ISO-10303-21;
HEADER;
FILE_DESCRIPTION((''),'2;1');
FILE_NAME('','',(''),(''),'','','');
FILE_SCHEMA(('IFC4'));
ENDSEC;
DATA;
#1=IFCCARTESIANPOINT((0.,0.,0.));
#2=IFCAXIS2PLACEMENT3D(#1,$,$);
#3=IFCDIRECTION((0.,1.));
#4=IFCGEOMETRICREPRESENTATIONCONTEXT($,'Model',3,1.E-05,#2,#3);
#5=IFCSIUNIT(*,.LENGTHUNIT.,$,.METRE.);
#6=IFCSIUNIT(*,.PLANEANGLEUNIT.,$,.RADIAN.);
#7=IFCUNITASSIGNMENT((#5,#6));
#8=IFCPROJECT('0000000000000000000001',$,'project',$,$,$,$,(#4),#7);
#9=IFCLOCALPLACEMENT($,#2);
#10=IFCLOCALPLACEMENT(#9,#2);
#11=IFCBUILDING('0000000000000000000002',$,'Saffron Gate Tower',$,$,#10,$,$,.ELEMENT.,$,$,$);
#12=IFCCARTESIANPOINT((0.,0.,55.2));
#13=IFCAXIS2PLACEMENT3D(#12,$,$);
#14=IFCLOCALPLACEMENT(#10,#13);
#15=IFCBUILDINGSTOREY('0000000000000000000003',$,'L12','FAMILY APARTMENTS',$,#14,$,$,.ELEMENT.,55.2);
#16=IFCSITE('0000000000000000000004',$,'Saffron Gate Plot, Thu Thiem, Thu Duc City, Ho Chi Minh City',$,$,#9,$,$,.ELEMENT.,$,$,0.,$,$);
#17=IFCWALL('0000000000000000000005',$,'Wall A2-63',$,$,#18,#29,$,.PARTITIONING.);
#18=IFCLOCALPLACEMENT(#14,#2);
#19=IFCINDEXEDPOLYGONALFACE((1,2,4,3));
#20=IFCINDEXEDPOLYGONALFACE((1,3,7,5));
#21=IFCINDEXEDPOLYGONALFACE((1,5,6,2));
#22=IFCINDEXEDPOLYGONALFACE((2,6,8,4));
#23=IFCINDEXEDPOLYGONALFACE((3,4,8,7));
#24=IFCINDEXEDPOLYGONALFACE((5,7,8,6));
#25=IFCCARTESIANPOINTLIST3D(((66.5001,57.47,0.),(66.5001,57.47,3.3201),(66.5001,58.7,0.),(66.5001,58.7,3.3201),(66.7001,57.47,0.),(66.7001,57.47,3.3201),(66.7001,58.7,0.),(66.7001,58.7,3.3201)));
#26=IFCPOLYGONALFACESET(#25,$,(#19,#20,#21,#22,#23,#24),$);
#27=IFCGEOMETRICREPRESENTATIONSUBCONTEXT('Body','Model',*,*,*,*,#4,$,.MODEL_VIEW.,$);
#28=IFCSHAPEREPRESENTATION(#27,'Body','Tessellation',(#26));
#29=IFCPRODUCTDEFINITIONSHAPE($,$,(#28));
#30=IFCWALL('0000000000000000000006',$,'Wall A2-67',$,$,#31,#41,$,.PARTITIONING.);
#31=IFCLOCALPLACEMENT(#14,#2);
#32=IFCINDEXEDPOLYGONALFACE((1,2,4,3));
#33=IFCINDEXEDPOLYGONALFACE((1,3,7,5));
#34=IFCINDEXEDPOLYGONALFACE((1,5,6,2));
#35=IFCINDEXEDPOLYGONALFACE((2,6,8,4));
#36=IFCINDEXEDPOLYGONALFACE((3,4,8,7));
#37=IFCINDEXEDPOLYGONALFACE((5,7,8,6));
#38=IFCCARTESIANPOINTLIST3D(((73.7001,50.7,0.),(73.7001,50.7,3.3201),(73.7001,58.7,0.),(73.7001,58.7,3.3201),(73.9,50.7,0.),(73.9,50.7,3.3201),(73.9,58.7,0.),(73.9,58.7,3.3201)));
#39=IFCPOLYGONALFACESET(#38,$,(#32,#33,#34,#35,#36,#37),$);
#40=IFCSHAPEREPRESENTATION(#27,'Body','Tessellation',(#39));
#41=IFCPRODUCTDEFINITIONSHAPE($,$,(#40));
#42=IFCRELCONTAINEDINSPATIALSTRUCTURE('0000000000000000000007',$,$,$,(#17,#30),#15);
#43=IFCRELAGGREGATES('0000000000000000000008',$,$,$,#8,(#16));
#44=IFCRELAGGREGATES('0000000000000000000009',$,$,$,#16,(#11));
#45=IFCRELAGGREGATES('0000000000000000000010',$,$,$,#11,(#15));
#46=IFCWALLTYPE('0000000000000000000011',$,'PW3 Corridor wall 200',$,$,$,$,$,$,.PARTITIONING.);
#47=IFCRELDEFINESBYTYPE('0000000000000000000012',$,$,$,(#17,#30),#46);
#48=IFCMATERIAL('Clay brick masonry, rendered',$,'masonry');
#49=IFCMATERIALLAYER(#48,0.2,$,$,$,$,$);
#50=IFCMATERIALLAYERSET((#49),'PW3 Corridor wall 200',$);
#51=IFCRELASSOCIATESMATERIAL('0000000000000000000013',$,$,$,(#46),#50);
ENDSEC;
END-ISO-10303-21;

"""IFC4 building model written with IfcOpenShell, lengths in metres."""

from ifc_helpers import new_model, si_unit, direction, frame, frame_2d, origin, place, context, subcontext, project, spatial, rectangle, extrude, material, layer, layer_set, type_object, element, save


model = new_model("IFC4")

# Units and contexts
model_context = context("Model", 3, precision=1e-05, world=origin(), true_north=direction((0.0, 1.0)))
body_context = subcontext(model_context, "Body", "Model", "MODEL_VIEW")
ifc_project = project(units=[si_unit("LENGTHUNIT", "METRE"), si_unit("PLANEANGLEUNIT", "RADIAN")], contexts=[model_context])

# Site, building, storey
site_placement = place(None, origin())
site = spatial("IfcSite", under=ifc_project, at=site_placement, Name="Saffron Gate Plot, Thu Thiem, Thu Duc City, Ho Chi Minh City", CompositionType="ELEMENT", RefElevation=0.0)
building_placement = place(site_placement, origin())
building = spatial("IfcBuilding", under=site, at=building_placement, Name="Saffron Gate Tower", CompositionType="ELEMENT")
storey_placement = place(building_placement, frame((0.0, 0.0, 55.2)))
storey = spatial("IfcBuildingStorey", under=building, at=storey_placement, Name="L12", Description="FAMILY APARTMENTS", CompositionType="ELEMENT", Elevation=55.2)

# Shared definitions
ifc_material_1 = material(Name="Clay brick masonry, rendered", Category="masonry")
ifc_layer_1 = layer(ifc_material_1, 0.2)
ifc_layer_set_1 = layer_set([ifc_layer_1], Name="PW3 Corridor wall 200")
wall_type_1 = type_object("IfcWallType", Name="PW3 Corridor wall 200", PredefinedType="PARTITIONING", material=ifc_layer_set_1)

# Walls
wall_1_placement = place(storey_placement, frame((66.6001, 58.7, 0.0), z_axis=(0.0, 0.0, 1.0), x_axis=(0.0, -1.0, 0.0)))
element("IfcWall", 1, at=wall_1_placement, inside=storey, type_object=wall_type_1, Name="Wall A2-63", PredefinedType="PARTITIONING", context=body_context, shape_type="SweptSolid", body=[
    extrude(rectangle(XDim=1.23, YDim=0.2, at=frame_2d((0.615, 0.0))), origin(), (0.0, 0.0, 1.0), 3.3201),
])
wall_2_placement = place(storey_placement, frame((73.8, 58.7, 0.0), z_axis=(0.0, 0.0, 1.0), x_axis=(0.0, -1.0, 0.0)))
element("IfcWall", 2, at=wall_2_placement, inside=storey, type_object=wall_type_1, Name="Wall A2-67", PredefinedType="PARTITIONING", context=body_context, shape_type="SweptSolid", body=[
    extrude(rectangle(XDim=8.0, YDim=0.2, at=frame_2d((4.0, 0.0))), origin(), (0.0, 0.0, 1.0), 3.3201),
])

save(model, "model.ifc")
